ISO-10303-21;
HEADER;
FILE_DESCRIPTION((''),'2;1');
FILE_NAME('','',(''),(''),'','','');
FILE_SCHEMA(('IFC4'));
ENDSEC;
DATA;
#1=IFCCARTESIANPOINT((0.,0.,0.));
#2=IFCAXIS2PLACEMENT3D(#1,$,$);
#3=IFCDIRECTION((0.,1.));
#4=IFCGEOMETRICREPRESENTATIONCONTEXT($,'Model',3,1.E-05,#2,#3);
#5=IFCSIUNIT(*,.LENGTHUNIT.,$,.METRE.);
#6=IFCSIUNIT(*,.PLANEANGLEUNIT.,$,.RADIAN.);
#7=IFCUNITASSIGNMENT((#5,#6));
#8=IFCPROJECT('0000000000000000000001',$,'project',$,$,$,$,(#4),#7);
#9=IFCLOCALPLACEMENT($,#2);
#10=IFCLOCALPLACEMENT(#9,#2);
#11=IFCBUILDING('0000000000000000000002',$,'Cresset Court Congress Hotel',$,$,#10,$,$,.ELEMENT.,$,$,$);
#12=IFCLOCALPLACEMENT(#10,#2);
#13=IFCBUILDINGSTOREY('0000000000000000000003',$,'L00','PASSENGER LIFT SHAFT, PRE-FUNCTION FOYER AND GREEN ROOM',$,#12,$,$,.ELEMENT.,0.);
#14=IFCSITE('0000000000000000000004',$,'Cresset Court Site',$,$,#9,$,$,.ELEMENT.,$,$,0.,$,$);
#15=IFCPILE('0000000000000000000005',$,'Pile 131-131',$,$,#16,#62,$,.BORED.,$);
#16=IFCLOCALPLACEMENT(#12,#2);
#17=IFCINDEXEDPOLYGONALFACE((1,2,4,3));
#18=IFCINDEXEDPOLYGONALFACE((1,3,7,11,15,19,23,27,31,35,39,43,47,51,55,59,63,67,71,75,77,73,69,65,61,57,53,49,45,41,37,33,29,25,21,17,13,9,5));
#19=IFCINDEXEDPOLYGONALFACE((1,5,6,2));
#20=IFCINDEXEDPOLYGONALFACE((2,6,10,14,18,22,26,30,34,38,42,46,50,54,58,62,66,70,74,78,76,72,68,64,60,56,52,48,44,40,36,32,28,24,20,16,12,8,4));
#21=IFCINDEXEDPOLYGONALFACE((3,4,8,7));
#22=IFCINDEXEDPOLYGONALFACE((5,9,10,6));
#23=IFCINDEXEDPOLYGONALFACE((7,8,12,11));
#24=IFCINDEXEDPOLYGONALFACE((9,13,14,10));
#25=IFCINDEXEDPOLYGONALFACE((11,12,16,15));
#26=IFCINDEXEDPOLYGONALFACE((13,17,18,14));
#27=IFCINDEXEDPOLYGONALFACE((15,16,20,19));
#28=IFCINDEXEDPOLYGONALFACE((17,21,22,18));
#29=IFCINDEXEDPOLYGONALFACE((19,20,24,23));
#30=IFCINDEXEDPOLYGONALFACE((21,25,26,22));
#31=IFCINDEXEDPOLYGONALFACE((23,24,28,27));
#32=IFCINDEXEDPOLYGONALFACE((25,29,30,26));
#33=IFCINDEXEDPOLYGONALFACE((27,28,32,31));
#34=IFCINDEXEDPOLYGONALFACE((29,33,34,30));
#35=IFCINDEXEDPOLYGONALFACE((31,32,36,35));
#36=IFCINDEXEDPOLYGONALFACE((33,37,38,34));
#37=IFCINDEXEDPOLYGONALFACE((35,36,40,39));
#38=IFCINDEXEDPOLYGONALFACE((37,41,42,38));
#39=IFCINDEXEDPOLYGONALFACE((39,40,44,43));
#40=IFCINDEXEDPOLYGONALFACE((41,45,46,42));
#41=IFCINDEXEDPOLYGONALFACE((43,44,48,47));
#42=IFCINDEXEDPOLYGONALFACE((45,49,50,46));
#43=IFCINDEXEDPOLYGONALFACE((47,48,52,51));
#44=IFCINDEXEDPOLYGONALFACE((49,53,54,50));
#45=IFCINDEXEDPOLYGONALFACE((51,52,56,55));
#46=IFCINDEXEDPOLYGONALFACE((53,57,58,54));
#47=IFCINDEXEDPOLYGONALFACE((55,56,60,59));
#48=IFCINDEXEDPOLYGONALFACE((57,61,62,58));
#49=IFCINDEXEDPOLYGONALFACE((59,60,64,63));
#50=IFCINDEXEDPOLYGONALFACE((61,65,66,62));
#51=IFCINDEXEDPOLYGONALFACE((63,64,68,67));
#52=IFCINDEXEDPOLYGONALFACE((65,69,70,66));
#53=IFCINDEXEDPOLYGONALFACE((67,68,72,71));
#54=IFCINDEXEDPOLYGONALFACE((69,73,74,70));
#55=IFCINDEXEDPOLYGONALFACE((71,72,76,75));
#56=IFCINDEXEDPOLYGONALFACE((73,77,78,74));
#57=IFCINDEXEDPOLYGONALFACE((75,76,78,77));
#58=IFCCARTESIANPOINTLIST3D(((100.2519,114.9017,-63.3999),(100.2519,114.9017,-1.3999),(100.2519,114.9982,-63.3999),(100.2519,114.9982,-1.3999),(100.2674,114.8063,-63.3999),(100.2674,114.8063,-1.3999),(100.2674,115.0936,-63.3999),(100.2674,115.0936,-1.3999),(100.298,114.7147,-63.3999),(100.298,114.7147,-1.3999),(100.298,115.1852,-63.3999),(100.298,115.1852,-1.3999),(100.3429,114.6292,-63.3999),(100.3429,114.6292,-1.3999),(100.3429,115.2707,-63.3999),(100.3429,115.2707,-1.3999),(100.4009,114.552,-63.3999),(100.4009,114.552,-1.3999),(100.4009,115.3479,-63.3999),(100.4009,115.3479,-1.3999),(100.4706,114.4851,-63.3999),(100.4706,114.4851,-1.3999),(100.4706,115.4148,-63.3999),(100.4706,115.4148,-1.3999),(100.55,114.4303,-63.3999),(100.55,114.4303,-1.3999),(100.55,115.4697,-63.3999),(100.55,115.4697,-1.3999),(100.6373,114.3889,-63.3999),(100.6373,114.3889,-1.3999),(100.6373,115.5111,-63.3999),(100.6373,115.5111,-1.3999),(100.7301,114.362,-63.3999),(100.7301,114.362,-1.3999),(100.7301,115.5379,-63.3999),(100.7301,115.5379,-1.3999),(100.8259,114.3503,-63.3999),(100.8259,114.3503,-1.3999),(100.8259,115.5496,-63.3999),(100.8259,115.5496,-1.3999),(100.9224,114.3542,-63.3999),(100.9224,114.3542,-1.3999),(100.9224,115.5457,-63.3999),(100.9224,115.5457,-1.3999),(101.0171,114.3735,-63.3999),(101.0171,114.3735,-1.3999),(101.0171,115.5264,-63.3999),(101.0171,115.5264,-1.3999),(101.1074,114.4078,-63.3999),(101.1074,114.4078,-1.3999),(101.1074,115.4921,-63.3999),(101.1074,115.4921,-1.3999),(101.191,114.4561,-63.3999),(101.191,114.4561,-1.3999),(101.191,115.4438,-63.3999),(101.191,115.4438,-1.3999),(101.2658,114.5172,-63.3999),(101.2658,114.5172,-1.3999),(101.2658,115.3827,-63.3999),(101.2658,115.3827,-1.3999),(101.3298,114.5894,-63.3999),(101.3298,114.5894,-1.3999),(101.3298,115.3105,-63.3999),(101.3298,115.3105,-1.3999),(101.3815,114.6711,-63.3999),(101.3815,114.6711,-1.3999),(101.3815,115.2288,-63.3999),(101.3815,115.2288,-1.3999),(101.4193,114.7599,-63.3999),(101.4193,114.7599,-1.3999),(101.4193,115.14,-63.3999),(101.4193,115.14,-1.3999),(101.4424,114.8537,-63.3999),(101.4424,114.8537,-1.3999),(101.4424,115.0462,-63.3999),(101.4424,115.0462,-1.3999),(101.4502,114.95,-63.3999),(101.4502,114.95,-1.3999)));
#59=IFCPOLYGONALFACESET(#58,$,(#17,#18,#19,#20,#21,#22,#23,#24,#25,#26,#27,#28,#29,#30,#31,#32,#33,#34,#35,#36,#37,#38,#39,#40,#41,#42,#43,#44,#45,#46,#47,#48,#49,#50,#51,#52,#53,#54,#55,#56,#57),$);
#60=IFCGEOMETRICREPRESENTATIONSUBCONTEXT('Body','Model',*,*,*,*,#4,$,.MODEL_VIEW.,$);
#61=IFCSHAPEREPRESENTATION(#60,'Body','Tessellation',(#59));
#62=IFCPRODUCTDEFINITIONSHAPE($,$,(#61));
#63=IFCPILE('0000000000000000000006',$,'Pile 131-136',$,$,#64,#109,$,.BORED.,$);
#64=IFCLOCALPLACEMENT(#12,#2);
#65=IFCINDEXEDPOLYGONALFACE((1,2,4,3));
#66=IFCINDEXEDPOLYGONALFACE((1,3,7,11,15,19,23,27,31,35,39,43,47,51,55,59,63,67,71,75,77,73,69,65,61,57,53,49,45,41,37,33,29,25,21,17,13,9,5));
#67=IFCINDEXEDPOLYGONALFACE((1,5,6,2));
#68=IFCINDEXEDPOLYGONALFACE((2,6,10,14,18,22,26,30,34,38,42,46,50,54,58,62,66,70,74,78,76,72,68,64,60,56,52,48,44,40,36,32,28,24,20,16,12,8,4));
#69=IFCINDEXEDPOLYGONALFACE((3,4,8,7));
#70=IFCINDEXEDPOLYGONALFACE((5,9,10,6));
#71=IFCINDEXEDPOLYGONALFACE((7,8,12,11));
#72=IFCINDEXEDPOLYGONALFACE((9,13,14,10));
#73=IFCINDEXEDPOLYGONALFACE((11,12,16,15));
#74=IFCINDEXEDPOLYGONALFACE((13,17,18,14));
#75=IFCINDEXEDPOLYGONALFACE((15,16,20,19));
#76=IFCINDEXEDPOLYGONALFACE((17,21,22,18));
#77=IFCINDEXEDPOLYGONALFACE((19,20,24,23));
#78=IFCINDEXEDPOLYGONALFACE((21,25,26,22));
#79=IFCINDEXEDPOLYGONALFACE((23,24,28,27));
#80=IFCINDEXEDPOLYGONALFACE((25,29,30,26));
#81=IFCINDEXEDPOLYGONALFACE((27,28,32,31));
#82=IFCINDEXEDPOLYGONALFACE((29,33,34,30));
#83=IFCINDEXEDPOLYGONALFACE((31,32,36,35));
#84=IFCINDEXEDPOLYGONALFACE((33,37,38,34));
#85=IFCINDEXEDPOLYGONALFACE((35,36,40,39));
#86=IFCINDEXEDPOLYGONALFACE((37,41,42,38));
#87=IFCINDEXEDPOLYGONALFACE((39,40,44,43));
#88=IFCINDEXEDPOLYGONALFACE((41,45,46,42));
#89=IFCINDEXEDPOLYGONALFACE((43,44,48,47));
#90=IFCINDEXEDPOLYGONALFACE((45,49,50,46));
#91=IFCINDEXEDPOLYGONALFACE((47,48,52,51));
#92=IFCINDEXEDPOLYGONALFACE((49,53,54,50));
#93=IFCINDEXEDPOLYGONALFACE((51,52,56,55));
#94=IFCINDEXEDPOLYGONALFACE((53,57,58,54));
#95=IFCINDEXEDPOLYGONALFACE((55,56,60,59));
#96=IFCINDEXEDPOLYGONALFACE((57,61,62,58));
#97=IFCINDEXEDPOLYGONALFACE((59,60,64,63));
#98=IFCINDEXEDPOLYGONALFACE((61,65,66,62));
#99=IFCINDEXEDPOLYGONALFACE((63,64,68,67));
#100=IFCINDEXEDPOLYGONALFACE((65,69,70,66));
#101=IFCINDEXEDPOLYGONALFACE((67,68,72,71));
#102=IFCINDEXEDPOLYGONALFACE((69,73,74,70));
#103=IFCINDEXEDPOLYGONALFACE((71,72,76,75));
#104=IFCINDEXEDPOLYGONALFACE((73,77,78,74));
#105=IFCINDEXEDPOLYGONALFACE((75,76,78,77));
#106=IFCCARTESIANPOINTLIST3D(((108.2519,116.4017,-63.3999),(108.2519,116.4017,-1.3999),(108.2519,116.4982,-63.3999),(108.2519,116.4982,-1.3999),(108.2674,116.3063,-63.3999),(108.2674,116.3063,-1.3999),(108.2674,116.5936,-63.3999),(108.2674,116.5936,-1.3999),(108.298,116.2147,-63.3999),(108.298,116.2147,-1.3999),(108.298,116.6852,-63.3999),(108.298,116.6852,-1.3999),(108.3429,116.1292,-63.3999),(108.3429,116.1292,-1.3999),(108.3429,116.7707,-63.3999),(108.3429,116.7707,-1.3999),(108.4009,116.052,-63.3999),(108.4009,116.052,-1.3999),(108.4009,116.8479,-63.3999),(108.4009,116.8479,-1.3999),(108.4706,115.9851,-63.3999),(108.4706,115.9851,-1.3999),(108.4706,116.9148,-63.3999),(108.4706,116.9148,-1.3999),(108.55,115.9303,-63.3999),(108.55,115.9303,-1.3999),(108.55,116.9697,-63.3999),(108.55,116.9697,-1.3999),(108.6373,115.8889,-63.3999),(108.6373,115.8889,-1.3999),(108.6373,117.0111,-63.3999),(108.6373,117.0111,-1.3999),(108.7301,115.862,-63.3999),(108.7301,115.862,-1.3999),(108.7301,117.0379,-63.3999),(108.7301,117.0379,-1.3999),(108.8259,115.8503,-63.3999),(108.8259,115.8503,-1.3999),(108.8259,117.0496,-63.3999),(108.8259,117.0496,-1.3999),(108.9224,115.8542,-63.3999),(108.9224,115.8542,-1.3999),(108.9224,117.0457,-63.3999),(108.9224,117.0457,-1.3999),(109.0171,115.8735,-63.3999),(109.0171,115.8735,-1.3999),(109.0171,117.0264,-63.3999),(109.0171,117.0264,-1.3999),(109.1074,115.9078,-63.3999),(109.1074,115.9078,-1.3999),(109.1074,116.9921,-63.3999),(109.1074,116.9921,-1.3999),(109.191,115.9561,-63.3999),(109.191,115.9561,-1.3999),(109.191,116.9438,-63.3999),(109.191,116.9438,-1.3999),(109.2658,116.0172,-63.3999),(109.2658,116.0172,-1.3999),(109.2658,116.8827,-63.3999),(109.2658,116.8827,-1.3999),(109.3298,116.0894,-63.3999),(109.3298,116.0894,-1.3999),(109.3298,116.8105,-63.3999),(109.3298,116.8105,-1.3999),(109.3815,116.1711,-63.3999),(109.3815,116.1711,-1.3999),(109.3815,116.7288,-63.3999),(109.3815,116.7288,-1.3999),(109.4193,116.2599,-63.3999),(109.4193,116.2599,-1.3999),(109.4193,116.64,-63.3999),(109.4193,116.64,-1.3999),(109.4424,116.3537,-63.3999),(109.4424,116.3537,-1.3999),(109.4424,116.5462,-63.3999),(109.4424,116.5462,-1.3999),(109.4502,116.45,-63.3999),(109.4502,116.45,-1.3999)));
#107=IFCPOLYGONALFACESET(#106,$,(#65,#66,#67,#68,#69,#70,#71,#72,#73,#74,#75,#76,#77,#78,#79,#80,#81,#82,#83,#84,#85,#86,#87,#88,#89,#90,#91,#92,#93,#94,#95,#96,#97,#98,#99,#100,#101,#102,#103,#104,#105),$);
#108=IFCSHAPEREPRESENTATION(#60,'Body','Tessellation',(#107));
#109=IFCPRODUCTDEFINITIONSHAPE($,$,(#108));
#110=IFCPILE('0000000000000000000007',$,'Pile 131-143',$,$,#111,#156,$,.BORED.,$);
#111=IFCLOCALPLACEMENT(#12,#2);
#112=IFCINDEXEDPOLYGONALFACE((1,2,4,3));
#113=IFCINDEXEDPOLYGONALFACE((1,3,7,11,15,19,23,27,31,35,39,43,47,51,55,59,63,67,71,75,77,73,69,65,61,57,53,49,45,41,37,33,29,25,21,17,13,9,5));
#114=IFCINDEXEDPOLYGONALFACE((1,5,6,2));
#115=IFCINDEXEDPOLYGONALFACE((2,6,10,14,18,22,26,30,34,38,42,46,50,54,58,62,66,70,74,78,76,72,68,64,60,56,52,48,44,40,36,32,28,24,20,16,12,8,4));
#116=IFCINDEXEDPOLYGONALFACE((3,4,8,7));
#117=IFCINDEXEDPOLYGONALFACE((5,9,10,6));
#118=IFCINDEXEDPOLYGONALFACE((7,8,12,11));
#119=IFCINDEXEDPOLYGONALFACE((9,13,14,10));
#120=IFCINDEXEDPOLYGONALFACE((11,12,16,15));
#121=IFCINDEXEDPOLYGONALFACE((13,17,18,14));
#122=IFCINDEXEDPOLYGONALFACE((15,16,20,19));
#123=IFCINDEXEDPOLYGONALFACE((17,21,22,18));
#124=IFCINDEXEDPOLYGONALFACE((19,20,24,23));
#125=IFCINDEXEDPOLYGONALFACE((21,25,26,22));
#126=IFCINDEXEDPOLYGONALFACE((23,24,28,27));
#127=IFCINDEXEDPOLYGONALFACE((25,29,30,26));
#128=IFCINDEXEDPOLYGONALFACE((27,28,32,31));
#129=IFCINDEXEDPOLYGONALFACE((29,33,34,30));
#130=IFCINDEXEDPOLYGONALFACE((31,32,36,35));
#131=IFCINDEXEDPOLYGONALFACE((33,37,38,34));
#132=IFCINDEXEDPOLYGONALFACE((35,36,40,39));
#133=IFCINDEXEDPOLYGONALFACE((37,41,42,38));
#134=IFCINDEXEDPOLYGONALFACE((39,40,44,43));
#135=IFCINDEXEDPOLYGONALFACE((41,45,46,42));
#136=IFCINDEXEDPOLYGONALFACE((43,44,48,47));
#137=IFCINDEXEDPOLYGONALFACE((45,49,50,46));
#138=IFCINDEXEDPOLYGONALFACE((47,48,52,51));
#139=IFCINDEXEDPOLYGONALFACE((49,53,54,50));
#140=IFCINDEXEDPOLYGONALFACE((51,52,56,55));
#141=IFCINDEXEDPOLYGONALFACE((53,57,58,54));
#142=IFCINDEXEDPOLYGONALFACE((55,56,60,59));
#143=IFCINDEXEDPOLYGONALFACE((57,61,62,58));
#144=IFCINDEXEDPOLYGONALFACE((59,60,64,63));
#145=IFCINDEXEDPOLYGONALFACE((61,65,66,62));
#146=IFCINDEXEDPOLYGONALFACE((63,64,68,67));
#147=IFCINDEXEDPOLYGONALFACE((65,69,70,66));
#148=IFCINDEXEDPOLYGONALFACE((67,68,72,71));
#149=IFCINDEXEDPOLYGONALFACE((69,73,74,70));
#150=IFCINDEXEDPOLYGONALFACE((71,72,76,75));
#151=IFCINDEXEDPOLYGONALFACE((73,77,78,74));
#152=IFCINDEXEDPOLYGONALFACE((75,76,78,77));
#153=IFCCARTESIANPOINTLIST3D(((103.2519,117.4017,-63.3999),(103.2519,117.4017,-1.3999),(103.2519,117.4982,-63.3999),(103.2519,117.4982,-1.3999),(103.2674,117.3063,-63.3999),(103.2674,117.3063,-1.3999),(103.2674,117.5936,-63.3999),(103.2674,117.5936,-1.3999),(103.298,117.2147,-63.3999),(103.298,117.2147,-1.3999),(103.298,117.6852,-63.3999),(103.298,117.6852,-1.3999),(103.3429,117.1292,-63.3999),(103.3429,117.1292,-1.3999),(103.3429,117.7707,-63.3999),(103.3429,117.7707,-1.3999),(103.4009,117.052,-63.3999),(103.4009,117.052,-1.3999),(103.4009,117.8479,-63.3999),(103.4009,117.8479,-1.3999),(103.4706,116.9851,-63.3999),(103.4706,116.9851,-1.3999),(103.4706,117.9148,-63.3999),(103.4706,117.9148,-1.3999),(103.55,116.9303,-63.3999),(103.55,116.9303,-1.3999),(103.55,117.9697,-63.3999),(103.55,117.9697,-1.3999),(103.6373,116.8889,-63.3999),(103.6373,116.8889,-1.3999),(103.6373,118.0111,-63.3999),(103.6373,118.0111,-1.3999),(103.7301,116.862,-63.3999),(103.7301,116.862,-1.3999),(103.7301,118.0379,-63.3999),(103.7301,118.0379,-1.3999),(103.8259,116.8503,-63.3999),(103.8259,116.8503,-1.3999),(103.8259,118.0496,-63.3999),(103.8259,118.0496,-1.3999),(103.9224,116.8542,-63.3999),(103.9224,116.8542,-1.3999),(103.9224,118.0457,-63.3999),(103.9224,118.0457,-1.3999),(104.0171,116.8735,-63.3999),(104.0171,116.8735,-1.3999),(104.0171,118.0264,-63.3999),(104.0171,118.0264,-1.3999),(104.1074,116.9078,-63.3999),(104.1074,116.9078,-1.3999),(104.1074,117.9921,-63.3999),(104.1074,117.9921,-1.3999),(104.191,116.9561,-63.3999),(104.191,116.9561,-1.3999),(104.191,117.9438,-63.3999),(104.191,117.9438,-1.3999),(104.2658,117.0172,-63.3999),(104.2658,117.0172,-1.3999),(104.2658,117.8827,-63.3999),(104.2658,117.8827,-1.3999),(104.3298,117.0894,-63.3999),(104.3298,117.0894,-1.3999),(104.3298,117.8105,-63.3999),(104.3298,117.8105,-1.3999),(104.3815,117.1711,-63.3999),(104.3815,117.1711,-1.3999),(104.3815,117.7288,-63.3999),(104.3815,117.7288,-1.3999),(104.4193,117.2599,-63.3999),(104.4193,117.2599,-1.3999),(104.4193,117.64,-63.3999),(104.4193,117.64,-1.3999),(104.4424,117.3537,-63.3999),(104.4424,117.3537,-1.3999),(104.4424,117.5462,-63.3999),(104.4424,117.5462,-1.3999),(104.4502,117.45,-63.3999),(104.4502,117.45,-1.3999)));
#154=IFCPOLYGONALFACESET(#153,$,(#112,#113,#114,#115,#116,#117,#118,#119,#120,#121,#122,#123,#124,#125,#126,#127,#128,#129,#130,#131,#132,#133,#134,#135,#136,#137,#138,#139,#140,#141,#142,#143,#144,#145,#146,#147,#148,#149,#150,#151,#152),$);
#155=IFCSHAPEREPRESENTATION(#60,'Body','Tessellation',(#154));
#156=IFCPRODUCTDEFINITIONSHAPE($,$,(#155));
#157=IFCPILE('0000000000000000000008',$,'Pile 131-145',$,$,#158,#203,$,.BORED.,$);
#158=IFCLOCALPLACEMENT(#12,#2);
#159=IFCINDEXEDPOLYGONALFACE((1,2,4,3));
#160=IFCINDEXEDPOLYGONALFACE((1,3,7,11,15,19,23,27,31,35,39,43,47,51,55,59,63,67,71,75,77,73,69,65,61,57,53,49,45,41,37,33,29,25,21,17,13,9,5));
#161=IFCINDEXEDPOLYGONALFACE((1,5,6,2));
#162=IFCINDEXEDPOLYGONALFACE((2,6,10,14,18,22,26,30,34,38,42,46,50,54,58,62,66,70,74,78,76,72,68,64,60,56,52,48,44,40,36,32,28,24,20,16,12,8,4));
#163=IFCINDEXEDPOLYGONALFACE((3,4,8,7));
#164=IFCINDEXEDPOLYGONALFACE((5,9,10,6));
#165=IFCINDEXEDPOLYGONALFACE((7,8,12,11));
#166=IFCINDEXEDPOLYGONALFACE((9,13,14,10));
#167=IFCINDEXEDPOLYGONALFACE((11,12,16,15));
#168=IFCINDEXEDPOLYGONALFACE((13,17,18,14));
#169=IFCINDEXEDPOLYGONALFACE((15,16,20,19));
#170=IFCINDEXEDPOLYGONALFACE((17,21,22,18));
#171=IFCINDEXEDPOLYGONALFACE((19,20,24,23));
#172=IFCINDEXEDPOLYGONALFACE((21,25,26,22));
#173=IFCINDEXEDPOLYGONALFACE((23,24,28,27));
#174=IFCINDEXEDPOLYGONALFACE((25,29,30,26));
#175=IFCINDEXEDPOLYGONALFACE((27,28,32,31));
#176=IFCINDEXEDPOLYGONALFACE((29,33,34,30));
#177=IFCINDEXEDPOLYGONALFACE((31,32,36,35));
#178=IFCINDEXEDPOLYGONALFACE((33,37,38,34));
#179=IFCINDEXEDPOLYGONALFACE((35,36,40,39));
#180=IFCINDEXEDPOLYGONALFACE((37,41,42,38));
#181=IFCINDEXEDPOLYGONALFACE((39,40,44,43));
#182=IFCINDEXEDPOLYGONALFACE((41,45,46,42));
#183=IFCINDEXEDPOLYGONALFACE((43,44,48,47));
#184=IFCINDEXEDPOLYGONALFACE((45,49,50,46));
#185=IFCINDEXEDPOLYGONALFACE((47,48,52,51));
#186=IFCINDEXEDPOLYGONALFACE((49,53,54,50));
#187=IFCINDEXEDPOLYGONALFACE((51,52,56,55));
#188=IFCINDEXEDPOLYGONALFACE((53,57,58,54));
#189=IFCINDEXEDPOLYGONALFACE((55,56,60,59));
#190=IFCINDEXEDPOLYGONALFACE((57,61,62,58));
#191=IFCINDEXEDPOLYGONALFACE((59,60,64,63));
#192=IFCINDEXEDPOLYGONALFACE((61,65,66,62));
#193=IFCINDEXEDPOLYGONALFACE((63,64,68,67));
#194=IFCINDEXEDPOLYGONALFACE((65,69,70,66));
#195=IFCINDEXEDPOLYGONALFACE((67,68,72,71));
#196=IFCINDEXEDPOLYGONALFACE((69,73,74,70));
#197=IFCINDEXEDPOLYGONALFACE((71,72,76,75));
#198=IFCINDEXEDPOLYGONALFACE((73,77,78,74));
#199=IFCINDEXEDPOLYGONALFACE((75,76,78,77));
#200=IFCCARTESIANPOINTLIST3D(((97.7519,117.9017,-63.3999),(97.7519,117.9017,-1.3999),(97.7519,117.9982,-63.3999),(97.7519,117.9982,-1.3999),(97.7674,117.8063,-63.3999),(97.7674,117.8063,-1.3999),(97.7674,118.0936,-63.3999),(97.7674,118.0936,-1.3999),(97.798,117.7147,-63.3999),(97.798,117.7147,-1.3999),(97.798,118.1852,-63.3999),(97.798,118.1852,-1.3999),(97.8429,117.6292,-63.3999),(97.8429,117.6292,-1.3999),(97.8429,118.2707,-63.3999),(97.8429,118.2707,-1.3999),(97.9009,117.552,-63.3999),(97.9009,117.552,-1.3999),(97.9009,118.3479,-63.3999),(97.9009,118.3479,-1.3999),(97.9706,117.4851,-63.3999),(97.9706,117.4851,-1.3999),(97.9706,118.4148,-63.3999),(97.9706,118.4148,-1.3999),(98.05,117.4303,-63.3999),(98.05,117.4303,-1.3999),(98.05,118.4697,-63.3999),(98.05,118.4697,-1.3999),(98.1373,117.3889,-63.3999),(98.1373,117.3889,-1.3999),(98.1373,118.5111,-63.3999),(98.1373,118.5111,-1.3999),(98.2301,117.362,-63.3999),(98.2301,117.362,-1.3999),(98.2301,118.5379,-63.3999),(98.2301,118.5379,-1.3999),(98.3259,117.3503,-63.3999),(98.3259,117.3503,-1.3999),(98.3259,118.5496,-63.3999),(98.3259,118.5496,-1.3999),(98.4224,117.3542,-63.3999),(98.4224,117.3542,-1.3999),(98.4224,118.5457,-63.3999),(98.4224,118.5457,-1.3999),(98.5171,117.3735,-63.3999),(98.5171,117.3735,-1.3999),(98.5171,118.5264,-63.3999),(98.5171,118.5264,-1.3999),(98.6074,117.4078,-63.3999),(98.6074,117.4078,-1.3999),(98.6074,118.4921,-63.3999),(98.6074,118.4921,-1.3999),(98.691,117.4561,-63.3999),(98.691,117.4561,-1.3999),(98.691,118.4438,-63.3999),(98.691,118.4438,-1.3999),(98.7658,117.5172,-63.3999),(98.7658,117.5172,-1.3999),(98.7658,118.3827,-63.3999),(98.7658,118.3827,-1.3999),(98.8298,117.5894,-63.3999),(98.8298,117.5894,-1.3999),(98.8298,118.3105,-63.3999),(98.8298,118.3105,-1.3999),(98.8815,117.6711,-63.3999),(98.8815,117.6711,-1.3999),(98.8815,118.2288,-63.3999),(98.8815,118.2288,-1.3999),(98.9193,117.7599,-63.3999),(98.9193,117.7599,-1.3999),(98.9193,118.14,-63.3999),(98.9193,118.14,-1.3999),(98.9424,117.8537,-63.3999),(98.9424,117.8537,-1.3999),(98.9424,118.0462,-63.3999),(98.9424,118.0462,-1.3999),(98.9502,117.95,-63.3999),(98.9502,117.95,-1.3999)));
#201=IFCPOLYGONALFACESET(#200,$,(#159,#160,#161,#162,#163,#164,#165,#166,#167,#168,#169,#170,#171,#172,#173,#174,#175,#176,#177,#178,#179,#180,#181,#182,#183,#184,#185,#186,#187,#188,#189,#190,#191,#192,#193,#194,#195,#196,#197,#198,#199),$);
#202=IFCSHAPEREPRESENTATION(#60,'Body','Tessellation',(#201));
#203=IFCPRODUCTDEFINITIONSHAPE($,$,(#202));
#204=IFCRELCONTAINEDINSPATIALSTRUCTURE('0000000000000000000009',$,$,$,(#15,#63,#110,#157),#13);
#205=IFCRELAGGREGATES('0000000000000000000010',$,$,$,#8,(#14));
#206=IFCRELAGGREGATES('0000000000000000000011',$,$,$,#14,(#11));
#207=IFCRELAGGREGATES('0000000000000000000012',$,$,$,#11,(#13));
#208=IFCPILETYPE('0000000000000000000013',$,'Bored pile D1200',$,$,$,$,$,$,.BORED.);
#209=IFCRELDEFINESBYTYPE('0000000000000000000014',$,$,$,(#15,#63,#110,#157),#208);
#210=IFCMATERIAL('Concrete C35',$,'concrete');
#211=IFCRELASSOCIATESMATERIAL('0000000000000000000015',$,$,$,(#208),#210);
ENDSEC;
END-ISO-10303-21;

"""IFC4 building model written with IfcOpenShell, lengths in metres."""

from ifc_helpers import new_model, si_unit, direction, frame, origin, origin_2d, place, context, subcontext, project, spatial, circle, extrude, material, type_object, element, save


model = new_model("IFC4")

# Units and contexts
model_context = context("Model", 3, precision=1e-05, world=origin(), true_north=direction((0.0, 1.0)))
body_context = subcontext(model_context, "Body", "Model", "MODEL_VIEW")
ifc_project = project(units=[si_unit("LENGTHUNIT", "METRE"), si_unit("PLANEANGLEUNIT", "RADIAN")], contexts=[model_context])

# Site, building, storey
site_placement = place(None, origin())
site = spatial("IfcSite", under=ifc_project, at=site_placement, Name="Cresset Court Site", CompositionType="ELEMENT", RefElevation=0.0)
building_placement = place(site_placement, origin())
building = spatial("IfcBuilding", under=site, at=building_placement, Name="Cresset Court Congress Hotel", CompositionType="ELEMENT")
storey_placement = place(building_placement, origin())
storey = spatial("IfcBuildingStorey", under=building, at=storey_placement, Name="L00", Description="PASSENGER LIFT SHAFT, PRE-FUNCTION FOYER AND GREEN ROOM", CompositionType="ELEMENT", Elevation=0.0)

# Piles
ifc_material_1 = material(Name="Concrete C35", Category="concrete")
pile_type = type_object("IfcPileType", Name="Bored pile D1200", PredefinedType="BORED", material=ifc_material_1)
for number, where, z_axis, x_axis, name in (
    (1, (100.8501, 114.95, -1.3999), (0.0, 0.0, -1.0), (1.0, 0.0, 0.0), "Pile 131-131"),
    (2, (108.8501, 116.45, -1.3999), (0.0, 0.0, -1.0), (1.0, 0.0, 0.0), "Pile 131-136"),
    (3, (103.8501, 117.45, -1.3999), (0.0, 0.0, -1.0), (1.0, 0.0, 0.0), "Pile 131-143"),
    (4, (98.3501, 117.95, -1.3999), (0.0, 0.0, -1.0), (1.0, 0.0, 0.0), "Pile 131-145"),
):
    element("IfcPile", number, at=place(storey_placement, frame(where, z_axis=z_axis, x_axis=x_axis)), inside=storey, type_object=pile_type, Name=name, PredefinedType="BORED", context=body_context, shape_type="SweptSolid", body=[
        extrude(circle(Radius=0.6001, at=origin_2d()), origin(), (0.0, 0.0, 1.0), 62.0),
    ])

save(model, "model.ifc")
